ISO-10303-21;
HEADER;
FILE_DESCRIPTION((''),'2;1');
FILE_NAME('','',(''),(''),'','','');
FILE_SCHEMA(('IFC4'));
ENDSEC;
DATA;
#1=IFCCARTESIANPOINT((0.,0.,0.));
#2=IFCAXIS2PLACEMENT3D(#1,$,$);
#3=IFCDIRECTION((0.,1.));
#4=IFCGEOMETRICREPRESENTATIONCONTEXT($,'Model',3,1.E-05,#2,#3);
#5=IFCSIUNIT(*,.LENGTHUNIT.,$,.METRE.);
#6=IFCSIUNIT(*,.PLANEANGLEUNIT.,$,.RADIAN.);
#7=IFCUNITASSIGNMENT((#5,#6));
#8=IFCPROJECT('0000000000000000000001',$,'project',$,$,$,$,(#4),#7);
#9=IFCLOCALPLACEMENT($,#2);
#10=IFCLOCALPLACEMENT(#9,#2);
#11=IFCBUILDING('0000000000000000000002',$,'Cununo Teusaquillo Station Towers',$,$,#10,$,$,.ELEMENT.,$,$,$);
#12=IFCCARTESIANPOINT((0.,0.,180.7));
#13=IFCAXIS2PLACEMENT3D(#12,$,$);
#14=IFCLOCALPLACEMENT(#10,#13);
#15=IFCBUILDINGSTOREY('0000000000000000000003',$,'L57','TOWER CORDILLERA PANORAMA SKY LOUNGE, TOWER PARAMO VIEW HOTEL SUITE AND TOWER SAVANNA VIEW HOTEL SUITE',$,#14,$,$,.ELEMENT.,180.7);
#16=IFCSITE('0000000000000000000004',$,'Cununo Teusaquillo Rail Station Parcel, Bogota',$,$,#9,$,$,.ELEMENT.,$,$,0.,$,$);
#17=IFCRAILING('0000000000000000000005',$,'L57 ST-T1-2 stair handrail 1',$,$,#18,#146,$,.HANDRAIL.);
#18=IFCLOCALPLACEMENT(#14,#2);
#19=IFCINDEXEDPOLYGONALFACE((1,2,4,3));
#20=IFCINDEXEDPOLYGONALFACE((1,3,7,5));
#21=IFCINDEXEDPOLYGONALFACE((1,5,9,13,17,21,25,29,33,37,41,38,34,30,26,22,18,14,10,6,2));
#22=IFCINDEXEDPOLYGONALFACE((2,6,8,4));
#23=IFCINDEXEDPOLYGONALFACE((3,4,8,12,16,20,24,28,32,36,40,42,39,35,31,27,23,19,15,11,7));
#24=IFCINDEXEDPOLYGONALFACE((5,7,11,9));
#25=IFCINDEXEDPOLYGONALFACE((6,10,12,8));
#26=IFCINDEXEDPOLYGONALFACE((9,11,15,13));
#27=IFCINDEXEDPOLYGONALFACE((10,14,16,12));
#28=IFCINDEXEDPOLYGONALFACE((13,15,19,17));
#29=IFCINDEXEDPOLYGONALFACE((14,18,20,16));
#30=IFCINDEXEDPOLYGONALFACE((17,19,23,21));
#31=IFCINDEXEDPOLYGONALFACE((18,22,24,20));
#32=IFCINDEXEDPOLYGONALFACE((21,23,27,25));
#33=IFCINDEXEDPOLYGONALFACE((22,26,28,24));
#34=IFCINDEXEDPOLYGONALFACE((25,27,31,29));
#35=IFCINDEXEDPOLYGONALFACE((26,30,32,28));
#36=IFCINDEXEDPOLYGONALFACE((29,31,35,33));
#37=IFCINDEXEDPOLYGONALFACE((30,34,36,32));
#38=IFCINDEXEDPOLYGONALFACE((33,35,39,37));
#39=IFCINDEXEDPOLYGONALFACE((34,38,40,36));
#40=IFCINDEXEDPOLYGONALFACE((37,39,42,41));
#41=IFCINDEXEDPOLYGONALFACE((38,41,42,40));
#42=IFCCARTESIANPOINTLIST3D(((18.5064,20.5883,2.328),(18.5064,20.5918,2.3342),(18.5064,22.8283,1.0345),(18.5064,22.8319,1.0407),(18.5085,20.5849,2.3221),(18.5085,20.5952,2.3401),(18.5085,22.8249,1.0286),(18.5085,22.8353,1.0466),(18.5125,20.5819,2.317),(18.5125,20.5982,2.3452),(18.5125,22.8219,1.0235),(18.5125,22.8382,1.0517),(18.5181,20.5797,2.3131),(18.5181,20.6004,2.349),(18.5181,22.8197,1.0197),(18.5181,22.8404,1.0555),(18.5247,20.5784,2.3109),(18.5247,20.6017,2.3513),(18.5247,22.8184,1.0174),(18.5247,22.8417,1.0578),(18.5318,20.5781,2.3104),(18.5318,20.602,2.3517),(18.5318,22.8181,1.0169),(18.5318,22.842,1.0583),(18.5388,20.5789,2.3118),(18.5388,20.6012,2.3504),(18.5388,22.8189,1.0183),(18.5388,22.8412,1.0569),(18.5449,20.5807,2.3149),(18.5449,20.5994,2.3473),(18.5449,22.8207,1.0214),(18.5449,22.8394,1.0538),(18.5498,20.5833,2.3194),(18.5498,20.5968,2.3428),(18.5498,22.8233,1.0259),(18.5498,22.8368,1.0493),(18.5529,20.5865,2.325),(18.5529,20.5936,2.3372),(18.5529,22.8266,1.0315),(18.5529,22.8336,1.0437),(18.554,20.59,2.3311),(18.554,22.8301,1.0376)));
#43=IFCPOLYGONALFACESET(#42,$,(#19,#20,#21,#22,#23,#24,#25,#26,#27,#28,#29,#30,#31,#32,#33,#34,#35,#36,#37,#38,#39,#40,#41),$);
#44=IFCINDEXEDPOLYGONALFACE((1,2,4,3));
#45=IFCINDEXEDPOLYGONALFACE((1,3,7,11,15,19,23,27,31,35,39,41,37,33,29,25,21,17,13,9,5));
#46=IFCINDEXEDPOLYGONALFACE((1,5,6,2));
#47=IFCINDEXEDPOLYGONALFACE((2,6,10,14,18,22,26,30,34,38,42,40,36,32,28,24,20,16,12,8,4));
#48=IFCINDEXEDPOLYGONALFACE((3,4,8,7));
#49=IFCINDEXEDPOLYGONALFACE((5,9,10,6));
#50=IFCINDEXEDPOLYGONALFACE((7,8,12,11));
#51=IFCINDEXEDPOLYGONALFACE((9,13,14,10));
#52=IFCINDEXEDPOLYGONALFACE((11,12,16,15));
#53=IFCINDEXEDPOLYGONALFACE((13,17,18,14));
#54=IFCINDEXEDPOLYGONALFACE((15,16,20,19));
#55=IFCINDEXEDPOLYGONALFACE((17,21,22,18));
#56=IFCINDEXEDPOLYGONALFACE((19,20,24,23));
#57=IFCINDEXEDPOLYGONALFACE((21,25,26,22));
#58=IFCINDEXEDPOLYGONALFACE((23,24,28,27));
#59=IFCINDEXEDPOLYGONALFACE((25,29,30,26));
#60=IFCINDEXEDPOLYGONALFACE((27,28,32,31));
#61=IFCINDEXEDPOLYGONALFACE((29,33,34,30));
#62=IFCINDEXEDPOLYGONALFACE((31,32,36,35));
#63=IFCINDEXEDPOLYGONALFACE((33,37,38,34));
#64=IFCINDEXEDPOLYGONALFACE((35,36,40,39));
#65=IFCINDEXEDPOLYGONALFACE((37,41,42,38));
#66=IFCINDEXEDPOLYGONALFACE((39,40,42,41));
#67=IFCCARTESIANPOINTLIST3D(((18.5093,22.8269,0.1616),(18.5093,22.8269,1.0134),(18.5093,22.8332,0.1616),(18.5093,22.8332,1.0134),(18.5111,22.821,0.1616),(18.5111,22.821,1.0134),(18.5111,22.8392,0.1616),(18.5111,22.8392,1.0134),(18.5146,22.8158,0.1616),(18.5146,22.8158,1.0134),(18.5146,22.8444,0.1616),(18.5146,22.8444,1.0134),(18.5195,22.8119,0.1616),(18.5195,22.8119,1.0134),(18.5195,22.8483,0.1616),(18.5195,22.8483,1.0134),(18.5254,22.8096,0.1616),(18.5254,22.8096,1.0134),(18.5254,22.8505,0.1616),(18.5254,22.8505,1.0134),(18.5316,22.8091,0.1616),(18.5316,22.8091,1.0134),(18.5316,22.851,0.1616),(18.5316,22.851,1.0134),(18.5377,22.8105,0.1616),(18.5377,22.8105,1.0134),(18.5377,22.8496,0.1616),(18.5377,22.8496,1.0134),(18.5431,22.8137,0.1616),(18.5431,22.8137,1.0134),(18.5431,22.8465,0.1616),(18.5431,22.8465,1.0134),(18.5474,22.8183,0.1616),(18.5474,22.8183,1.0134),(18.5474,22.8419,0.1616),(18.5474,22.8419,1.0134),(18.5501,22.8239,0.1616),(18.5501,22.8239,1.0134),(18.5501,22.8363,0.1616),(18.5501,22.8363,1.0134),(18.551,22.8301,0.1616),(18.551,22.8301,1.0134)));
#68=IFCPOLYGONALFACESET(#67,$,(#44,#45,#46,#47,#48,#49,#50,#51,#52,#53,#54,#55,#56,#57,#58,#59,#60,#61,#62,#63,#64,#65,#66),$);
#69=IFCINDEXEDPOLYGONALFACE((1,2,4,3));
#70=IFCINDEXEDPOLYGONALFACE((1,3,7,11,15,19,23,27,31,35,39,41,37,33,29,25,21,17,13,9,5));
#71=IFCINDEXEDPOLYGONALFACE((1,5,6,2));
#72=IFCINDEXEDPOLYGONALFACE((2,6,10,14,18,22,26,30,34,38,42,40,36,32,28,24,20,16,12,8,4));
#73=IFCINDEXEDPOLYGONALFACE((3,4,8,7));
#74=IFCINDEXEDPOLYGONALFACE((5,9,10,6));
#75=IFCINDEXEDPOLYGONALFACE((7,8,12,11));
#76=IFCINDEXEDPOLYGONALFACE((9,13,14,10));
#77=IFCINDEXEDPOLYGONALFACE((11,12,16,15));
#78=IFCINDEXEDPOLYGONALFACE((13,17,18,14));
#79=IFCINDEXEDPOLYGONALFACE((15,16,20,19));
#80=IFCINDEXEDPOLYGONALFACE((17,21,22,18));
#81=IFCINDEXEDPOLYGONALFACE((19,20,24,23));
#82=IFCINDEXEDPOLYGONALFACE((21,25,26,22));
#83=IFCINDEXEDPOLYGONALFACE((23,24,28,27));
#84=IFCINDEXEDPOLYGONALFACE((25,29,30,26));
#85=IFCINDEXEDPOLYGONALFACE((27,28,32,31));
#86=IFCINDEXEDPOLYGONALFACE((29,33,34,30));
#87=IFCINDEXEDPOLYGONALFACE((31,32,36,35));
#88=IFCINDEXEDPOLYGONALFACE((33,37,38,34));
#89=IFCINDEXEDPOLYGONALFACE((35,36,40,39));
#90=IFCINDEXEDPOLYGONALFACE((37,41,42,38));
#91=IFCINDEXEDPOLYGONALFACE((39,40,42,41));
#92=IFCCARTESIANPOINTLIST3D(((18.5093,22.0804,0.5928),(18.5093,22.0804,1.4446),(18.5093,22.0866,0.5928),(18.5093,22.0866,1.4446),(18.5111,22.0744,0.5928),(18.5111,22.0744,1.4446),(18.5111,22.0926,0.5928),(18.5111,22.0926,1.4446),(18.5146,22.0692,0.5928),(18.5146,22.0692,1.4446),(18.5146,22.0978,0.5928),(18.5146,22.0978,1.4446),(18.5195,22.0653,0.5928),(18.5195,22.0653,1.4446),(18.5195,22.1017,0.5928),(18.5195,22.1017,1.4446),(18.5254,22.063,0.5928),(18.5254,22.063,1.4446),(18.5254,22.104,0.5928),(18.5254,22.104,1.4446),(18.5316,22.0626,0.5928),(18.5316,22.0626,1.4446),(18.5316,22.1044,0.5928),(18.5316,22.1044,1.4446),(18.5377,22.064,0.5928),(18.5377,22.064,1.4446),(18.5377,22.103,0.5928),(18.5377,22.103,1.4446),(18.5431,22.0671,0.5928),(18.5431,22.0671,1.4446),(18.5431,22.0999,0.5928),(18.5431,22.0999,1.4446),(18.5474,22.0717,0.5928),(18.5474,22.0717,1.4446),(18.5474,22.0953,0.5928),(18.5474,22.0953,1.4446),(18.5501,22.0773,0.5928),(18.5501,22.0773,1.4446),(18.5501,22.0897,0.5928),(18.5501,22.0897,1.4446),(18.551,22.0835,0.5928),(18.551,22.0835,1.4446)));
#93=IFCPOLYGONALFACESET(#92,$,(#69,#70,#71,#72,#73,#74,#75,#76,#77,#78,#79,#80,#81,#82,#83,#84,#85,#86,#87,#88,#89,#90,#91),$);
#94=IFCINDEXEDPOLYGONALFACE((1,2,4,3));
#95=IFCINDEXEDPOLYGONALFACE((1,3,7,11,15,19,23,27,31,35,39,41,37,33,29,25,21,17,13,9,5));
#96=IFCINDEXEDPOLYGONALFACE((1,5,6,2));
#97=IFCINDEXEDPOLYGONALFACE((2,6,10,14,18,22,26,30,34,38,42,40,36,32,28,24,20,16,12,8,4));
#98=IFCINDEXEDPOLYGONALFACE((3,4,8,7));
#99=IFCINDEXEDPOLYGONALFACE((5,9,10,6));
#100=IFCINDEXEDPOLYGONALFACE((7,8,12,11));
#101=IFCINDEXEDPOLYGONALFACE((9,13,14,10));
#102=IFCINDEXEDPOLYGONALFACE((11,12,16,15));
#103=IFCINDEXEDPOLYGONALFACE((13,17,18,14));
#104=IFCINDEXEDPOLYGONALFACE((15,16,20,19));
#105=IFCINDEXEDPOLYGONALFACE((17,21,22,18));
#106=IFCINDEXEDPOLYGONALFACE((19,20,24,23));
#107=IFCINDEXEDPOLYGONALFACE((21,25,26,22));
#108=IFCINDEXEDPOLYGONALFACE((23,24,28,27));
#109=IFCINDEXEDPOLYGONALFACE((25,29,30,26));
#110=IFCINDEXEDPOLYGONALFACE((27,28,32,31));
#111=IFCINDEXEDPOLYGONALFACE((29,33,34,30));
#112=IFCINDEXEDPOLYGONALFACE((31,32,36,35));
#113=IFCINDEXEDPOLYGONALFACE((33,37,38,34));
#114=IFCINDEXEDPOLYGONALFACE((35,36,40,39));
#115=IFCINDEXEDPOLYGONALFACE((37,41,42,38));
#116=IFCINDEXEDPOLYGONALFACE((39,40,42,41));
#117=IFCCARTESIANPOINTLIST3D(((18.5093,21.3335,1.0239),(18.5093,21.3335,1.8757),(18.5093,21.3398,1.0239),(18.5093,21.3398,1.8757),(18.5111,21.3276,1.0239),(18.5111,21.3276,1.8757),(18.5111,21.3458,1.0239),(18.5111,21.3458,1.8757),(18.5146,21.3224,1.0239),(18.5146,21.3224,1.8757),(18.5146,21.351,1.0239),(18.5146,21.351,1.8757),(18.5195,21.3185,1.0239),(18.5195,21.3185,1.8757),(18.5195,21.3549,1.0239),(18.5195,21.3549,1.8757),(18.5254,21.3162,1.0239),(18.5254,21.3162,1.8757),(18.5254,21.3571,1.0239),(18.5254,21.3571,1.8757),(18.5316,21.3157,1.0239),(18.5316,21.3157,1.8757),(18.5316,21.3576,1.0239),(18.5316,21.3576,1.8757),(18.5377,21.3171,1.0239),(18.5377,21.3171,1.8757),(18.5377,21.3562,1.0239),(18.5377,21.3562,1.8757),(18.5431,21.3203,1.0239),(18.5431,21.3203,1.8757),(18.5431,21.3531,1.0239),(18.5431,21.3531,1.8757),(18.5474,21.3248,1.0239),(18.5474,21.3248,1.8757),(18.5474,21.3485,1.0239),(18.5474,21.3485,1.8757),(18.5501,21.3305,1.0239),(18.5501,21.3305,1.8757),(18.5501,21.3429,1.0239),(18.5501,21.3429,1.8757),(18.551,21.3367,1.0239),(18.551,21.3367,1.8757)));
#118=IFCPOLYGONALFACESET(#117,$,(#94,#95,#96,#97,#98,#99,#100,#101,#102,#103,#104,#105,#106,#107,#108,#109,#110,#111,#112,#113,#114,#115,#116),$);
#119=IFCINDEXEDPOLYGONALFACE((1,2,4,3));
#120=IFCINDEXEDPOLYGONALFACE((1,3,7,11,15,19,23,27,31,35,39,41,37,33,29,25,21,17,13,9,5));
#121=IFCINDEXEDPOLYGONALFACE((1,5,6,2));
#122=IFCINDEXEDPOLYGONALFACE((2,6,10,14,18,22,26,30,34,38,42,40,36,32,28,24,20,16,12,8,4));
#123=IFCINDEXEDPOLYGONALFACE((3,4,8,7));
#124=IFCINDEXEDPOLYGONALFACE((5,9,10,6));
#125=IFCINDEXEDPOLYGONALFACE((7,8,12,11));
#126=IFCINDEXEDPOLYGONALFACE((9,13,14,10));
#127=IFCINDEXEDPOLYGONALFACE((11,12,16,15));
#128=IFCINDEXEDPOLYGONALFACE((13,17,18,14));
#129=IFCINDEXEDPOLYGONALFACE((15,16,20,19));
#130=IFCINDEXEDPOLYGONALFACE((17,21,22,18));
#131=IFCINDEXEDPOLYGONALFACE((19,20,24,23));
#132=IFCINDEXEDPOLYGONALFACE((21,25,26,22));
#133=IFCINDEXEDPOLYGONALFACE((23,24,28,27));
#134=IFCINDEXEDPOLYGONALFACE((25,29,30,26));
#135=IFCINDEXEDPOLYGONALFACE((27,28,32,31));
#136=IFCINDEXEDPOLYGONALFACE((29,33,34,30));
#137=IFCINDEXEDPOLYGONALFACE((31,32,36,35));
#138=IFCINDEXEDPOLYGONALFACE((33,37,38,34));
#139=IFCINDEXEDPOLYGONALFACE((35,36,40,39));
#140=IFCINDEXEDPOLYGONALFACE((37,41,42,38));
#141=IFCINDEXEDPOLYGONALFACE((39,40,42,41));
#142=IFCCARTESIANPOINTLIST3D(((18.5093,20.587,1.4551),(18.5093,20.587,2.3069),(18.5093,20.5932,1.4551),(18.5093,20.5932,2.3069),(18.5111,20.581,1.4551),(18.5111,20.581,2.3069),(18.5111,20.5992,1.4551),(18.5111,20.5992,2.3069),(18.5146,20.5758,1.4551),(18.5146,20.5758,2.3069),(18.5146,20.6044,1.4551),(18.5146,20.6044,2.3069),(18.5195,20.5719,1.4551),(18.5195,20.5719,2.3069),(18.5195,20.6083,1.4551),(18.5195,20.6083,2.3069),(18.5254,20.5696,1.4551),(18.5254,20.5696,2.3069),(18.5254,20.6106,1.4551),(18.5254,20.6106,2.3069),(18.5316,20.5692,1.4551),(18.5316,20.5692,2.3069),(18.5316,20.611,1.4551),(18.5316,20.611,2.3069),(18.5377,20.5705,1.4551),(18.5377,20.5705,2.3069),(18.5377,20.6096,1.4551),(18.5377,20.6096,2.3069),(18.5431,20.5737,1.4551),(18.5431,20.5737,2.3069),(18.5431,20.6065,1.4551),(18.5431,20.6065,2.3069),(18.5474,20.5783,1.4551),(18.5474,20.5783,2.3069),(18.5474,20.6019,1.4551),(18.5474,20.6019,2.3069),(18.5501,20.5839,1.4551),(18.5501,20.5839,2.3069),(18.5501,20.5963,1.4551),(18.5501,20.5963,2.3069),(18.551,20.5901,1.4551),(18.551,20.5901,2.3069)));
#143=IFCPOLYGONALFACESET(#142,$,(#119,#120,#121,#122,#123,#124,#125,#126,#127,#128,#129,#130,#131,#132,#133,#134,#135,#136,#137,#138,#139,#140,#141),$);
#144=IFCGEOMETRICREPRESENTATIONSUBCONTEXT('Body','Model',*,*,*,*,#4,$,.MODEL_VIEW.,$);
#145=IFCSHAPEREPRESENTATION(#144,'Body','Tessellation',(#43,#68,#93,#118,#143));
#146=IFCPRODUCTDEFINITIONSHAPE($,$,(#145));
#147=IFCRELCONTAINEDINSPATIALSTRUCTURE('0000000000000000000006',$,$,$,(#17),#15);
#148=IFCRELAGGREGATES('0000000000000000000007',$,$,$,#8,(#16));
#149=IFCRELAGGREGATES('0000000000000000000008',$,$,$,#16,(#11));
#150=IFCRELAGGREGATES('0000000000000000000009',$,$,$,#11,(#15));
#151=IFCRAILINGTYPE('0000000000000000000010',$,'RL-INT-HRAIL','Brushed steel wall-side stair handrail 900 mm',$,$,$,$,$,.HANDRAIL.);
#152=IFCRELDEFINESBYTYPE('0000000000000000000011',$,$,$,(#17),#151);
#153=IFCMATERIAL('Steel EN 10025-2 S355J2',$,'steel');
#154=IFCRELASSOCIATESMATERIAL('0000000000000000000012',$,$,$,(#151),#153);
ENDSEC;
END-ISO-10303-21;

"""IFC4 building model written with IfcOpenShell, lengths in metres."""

from ifc_helpers import new_model, si_unit, direction, frame, origin, origin_2d, place, context, subcontext, project, spatial, circle, extrude, material, type_object, element, save


model = new_model("IFC4")

# Units and contexts
model_context = context("Model", 3, precision=1e-05, world=origin(), true_north=direction((0.0, 1.0)))
body_context = subcontext(model_context, "Body", "Model", "MODEL_VIEW")
ifc_project = project(units=[si_unit("LENGTHUNIT", "METRE"), si_unit("PLANEANGLEUNIT", "RADIAN")], contexts=[model_context])

# Site, building, storey
site_placement = place(None, origin())
site = spatial("IfcSite", under=ifc_project, at=site_placement, Name="Cununo Teusaquillo Rail Station Parcel, Bogota", CompositionType="ELEMENT", RefElevation=0.0)
building_placement = place(site_placement, origin())
building = spatial("IfcBuilding", under=site, at=building_placement, Name="Cununo Teusaquillo Station Towers", CompositionType="ELEMENT")
storey_placement = place(building_placement, frame((0.0, 0.0, 180.7)))
storey = spatial("IfcBuildingStorey", under=building, at=storey_placement, Name="L57", Description="TOWER CORDILLERA PANORAMA SKY LOUNGE, TOWER PARAMO VIEW HOTEL SUITE AND TOWER SAVANNA VIEW HOTEL SUITE", CompositionType="ELEMENT", Elevation=180.7)

# Railing
ifc_material_1 = material(Name="Steel EN 10025-2 S355J2", Category="steel")
railing_type_1 = type_object("IfcRailingType", Name="RL-INT-HRAIL", Description="Brushed steel wall-side stair handrail 900 mm", PredefinedType="HANDRAIL", material=ifc_material_1)
railing_1_placement = place(storey_placement, frame((18.53, 22.8301, 0.1616)))
element("IfcRailing", 1, at=railing_1_placement, inside=storey, type_object=railing_type_1, Name="L57 ST-T1-2 stair handrail 1", PredefinedType="HANDRAIL", context=body_context, shape_type="SweptSolid", body=[
    extrude(circle(Radius=0.0239, at=origin_2d()), frame((0.0, 0.0, 0.876), z_axis=(0.0, -0.865992, 0.500057), x_axis=(1.0, 0.0, 0.0)), (0.0, 0.0, 1.0), 2.5867),
    extrude(circle(Radius=0.021, at=origin_2d()), origin(), (0.0, 0.0, 1.0), 0.8518),
    extrude(circle(Radius=0.021, at=origin_2d()), frame((0.0, -0.7466, 0.4312)), (0.0, 0.0, 1.0), 0.8518),
    extrude(circle(Radius=0.021, at=origin_2d()), frame((0.0, -1.4934, 0.8623)), (0.0, 0.0, 1.0), 0.8518),
    extrude(circle(Radius=0.021, at=origin_2d()), frame((0.0, -2.24, 1.2935)), (0.0, 0.0, 1.0), 0.8518),
])

save(model, "model.ifc")
